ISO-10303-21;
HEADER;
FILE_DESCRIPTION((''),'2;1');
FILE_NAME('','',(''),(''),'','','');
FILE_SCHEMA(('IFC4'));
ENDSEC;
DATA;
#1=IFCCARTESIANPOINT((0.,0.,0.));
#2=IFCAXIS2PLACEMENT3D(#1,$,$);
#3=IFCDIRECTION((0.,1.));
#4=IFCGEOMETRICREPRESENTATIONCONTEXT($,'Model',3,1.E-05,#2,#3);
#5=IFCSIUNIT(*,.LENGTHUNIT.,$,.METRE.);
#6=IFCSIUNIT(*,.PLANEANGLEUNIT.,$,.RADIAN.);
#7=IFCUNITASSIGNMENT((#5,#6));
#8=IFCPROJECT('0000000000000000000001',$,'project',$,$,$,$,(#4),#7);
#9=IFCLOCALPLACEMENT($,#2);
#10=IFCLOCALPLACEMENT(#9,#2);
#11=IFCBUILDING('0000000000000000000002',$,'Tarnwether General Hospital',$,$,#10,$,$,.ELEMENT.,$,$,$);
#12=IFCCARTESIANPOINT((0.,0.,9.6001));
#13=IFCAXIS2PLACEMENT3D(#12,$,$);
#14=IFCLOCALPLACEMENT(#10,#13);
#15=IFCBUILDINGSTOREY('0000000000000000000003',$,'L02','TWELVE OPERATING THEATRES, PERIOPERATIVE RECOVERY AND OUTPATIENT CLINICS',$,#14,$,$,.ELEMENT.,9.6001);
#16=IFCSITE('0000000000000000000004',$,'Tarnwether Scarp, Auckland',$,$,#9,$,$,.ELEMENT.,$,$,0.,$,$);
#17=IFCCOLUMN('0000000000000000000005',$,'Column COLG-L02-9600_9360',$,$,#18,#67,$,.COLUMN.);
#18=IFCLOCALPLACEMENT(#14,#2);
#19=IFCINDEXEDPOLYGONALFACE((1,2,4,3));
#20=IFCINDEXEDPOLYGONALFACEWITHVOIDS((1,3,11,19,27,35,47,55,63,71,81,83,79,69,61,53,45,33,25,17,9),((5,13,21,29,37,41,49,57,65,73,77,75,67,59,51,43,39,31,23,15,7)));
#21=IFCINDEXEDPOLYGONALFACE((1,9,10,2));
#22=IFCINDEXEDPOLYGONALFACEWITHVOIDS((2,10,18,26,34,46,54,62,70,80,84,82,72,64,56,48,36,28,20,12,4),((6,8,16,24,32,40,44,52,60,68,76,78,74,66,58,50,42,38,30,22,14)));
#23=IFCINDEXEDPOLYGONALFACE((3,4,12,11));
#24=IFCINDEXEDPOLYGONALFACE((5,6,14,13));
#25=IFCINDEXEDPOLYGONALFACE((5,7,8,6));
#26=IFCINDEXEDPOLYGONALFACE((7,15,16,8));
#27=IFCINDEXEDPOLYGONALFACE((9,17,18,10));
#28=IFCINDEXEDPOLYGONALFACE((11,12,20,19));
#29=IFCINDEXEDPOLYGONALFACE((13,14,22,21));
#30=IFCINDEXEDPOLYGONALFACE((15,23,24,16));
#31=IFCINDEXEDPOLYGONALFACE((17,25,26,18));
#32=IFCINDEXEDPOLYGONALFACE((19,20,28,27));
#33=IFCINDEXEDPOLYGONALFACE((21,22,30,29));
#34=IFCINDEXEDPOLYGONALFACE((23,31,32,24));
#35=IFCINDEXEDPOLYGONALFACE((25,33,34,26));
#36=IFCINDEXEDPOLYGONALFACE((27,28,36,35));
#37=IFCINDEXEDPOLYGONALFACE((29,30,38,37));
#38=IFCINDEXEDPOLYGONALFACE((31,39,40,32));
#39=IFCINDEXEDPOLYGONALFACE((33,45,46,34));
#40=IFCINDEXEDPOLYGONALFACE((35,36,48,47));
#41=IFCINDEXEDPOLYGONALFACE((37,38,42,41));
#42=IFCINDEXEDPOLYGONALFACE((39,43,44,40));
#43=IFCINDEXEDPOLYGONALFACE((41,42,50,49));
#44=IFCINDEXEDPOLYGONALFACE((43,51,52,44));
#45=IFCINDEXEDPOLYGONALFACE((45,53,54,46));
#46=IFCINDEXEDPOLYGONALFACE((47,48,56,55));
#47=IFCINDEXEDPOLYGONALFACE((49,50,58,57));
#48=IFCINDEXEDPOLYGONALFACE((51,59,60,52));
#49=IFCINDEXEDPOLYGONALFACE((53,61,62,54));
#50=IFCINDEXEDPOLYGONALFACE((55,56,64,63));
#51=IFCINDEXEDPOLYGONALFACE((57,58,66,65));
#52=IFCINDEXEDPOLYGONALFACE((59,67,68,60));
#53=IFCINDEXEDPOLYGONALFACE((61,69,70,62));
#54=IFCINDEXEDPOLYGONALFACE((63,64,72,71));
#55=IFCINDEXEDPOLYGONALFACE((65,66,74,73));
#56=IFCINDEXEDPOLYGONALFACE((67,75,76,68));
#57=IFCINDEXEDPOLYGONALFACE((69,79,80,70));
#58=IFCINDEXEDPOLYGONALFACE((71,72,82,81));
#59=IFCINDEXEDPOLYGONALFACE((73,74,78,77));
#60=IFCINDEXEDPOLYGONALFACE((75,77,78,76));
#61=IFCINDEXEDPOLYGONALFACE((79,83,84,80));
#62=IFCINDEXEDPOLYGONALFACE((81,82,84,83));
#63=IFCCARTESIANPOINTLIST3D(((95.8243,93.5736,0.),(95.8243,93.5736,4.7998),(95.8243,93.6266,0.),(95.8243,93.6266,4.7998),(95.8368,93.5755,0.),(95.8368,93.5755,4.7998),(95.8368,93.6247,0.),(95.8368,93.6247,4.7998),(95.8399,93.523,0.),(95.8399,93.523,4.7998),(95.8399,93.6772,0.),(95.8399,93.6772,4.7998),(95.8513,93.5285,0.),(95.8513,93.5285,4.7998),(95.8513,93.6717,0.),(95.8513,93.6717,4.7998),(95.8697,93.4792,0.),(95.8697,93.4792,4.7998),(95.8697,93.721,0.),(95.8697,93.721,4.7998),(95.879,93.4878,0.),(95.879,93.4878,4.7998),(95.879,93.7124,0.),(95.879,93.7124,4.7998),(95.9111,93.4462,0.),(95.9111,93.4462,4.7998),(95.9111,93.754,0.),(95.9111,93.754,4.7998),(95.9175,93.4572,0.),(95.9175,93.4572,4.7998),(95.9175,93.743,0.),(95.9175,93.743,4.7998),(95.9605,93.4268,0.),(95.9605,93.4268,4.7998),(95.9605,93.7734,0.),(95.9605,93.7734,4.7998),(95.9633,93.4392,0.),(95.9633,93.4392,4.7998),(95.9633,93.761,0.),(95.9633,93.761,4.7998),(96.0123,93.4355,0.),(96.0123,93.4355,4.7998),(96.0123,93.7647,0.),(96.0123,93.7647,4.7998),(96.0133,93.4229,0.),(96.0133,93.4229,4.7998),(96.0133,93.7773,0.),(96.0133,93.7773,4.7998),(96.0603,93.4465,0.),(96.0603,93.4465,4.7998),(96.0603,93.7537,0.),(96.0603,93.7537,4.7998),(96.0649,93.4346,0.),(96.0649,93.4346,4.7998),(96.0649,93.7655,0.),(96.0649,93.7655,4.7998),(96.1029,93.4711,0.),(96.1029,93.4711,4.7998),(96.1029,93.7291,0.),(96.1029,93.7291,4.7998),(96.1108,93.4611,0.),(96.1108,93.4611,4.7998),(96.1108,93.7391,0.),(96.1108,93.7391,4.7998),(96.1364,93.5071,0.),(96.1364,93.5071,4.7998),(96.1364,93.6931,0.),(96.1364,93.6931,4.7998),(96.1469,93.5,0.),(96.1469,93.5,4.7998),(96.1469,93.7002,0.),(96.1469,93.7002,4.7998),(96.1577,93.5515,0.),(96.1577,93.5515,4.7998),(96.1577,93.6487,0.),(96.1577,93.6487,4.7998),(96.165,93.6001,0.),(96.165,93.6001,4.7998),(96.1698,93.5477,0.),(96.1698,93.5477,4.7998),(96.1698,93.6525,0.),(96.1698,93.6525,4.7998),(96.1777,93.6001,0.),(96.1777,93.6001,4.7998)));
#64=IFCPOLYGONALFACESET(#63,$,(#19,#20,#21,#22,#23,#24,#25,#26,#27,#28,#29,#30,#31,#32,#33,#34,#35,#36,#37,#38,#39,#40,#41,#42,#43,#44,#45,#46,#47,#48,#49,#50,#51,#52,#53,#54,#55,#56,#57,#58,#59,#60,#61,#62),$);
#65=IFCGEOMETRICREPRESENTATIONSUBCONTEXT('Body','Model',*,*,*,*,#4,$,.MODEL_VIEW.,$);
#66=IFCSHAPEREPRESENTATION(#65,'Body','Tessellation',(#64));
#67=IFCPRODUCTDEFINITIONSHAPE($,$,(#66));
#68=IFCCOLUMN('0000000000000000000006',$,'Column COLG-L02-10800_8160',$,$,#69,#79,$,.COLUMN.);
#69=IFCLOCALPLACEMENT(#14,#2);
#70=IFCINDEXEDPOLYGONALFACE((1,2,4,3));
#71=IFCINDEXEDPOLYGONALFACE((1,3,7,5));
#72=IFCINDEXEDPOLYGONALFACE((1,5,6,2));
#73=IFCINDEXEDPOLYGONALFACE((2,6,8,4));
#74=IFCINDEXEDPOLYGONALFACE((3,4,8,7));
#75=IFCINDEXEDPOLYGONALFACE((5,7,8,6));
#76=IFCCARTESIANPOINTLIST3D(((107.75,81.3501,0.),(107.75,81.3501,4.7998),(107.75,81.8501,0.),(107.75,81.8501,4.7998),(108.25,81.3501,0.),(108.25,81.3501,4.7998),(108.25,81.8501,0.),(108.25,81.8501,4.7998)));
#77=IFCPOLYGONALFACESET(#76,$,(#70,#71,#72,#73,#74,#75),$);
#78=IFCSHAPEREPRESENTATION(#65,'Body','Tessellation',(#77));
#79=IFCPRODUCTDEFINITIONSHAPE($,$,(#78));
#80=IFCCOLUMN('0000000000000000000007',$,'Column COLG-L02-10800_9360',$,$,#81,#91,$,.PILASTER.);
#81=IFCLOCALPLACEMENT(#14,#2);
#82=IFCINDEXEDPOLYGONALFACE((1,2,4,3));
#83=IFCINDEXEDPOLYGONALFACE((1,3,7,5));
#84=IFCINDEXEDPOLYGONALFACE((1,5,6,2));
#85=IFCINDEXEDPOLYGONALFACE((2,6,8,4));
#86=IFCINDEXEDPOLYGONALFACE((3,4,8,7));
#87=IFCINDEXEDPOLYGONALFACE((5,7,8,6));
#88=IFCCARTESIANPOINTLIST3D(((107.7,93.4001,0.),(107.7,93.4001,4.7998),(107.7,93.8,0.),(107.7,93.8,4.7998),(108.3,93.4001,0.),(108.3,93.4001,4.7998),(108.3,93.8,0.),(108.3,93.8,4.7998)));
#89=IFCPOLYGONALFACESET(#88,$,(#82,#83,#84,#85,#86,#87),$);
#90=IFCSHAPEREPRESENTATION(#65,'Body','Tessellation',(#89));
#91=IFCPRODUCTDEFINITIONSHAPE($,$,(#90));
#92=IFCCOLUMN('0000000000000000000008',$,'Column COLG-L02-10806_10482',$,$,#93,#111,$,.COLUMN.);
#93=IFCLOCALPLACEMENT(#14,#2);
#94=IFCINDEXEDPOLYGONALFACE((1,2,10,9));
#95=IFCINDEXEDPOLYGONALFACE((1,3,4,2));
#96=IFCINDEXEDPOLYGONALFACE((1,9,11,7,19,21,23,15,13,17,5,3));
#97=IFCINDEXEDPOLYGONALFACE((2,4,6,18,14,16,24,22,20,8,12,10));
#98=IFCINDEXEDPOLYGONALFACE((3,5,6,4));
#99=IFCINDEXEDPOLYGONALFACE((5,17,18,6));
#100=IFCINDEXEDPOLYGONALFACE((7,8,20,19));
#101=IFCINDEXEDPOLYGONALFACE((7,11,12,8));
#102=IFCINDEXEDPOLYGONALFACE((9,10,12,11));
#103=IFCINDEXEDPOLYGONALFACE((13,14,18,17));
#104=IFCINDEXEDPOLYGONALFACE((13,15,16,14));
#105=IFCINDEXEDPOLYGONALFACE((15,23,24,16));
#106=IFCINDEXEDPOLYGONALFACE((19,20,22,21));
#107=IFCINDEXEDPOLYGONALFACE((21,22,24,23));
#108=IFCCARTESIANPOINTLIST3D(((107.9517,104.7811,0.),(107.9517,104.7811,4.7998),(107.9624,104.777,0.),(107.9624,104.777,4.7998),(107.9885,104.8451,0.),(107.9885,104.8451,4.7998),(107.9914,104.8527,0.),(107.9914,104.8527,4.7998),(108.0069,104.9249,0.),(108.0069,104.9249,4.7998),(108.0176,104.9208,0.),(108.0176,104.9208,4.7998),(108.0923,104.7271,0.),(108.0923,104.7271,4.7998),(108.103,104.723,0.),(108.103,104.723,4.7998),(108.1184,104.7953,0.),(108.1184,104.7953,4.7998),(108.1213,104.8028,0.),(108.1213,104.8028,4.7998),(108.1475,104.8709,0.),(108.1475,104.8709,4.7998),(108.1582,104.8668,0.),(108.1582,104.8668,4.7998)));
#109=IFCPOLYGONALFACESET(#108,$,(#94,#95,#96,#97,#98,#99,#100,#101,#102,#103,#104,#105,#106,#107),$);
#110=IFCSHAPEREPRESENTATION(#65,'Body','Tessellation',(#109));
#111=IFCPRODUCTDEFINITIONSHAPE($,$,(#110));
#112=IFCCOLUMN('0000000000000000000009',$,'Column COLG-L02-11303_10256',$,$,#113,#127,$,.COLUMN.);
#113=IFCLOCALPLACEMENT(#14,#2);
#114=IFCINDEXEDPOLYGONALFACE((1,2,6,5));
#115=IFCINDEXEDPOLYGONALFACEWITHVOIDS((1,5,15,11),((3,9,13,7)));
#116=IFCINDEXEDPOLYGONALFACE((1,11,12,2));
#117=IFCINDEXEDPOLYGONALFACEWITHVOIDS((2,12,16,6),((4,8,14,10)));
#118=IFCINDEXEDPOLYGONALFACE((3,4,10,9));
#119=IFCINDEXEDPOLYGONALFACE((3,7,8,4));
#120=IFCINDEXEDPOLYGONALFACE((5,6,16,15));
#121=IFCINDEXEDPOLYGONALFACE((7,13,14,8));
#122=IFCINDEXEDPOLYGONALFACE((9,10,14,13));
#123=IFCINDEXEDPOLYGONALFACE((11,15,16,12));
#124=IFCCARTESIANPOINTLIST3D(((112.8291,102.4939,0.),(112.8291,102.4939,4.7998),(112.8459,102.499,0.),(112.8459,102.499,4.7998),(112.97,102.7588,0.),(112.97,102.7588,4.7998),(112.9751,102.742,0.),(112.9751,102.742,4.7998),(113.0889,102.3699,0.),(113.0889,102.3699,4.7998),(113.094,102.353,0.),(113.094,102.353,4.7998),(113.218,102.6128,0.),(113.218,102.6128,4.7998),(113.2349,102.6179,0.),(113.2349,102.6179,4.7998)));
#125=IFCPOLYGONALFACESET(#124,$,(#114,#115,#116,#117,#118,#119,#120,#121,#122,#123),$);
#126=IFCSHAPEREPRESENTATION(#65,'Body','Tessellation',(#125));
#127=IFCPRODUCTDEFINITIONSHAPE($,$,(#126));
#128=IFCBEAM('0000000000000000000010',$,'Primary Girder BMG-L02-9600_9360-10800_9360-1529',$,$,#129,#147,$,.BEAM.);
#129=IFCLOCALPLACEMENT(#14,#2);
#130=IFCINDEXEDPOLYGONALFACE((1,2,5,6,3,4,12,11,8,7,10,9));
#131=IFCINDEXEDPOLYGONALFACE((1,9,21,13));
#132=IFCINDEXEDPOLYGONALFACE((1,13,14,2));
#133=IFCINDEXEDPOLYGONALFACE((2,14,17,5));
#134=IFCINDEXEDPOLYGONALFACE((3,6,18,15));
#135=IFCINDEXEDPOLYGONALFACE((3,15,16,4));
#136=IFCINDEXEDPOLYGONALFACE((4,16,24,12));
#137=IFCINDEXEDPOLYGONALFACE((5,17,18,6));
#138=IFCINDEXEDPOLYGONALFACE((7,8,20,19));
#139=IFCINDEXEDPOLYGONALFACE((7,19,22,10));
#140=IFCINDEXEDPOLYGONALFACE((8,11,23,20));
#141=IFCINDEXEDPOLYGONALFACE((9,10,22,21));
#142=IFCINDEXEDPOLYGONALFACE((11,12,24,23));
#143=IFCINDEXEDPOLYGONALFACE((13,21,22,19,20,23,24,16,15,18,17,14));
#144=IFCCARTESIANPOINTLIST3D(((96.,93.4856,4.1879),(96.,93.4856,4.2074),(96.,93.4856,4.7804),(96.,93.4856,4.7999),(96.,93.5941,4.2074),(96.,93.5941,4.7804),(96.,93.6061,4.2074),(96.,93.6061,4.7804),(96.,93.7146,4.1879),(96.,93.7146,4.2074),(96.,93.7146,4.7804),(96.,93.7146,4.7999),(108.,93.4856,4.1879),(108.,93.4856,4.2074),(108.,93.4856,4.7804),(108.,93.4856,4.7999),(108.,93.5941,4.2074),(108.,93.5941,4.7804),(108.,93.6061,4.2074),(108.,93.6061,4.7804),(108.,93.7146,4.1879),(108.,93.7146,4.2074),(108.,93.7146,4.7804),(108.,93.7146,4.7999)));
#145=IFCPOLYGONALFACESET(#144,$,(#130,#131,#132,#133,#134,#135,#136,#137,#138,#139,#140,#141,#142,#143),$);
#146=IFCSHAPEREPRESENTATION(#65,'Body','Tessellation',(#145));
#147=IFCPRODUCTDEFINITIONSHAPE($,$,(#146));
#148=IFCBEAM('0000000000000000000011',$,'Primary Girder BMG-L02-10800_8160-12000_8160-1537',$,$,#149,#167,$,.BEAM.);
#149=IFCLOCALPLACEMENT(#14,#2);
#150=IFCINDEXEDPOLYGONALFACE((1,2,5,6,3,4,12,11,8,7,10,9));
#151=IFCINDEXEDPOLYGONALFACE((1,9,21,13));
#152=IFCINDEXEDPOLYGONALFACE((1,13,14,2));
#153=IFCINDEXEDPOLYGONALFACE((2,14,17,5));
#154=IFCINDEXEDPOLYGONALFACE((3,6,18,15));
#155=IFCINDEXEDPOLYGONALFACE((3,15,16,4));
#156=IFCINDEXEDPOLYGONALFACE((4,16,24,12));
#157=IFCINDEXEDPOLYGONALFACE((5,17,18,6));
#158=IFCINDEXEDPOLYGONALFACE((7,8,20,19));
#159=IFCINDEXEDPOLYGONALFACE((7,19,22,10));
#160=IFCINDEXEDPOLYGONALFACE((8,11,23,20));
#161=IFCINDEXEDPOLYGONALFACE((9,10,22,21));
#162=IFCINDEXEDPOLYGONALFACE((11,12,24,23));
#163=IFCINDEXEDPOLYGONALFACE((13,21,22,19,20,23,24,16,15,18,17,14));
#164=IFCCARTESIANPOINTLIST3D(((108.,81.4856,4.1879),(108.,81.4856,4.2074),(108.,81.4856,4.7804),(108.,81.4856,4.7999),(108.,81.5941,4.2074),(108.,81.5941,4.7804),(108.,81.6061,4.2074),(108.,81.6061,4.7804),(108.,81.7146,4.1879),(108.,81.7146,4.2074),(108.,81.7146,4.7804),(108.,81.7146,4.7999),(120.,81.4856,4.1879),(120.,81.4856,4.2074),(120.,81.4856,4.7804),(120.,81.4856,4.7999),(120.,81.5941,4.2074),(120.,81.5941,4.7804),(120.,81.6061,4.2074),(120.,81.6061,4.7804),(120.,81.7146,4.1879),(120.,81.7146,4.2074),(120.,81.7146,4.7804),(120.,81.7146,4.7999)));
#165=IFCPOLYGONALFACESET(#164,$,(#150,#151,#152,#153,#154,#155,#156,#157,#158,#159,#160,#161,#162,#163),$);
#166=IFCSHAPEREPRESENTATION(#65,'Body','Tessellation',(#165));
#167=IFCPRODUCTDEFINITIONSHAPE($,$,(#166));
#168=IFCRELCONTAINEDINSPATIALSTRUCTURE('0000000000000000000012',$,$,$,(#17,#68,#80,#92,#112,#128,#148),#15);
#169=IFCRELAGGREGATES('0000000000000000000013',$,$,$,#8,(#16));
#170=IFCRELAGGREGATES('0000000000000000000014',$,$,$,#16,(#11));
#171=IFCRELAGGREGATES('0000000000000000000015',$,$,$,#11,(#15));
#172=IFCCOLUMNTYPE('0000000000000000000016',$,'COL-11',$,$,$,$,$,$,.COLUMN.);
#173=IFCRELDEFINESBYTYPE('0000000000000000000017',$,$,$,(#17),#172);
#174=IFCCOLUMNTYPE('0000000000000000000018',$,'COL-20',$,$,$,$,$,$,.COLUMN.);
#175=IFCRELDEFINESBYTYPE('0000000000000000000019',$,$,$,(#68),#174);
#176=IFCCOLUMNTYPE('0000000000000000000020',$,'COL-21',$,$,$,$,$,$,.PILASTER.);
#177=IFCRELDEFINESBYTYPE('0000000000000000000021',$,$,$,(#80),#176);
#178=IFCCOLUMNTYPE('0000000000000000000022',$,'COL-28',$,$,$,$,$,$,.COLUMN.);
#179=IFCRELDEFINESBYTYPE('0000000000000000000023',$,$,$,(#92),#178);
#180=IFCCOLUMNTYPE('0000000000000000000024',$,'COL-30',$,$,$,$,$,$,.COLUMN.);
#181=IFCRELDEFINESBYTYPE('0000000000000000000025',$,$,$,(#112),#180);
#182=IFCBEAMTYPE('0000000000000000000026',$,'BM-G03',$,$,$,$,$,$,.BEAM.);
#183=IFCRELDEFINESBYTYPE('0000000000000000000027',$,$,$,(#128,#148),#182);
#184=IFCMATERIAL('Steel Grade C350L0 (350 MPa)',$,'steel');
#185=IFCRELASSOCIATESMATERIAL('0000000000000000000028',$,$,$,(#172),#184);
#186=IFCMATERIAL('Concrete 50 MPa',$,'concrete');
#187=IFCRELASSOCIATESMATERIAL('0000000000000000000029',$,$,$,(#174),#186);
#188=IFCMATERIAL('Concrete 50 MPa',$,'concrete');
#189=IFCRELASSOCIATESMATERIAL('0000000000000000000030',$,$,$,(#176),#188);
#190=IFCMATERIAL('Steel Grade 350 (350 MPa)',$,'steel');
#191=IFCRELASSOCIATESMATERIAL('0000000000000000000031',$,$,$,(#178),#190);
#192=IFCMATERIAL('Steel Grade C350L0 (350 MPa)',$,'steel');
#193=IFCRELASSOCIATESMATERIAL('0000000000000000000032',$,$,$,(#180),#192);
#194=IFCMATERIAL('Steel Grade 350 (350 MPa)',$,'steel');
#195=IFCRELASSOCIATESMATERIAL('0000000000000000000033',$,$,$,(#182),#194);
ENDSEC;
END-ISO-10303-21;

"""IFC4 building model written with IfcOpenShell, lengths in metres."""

from ifc_helpers import new_model, si_unit, direction, frame, origin, origin_2d, place, context, subcontext, project, spatial, rectangle, hollow_rectangle, hollow_circle, i_section, extrude, material, material_profile, profile_set, type_object, element, save


model = new_model("IFC4")

# Units and contexts
model_context = context("Model", 3, precision=1e-05, world=origin(), true_north=direction((0.0, 1.0)))
body_context = subcontext(model_context, "Body", "Model", "MODEL_VIEW")
ifc_project = project(units=[si_unit("LENGTHUNIT", "METRE"), si_unit("PLANEANGLEUNIT", "RADIAN")], contexts=[model_context])

# Site, building, storey
site_placement = place(None, origin())
site = spatial("IfcSite", under=ifc_project, at=site_placement, Name="Tarnwether Scarp, Auckland", CompositionType="ELEMENT", RefElevation=0.0)
building_placement = place(site_placement, origin())
building = spatial("IfcBuilding", under=site, at=building_placement, Name="Tarnwether General Hospital", CompositionType="ELEMENT")
storey_placement = place(building_placement, frame((0.0, 0.0, 9.6001)))
storey = spatial("IfcBuildingStorey", under=building, at=storey_placement, Name="L02", Description="TWELVE OPERATING THEATRES, PERIOPERATIVE RECOVERY AND OUTPATIENT CLINICS", CompositionType="ELEMENT", Elevation=9.6001)

# Columns
ifc_material_1 = material(Name="Steel Grade C350L0 (350 MPa)", Category="steel")
ifc_material_profile_1 = material_profile(ifc_material_1, hollow_circle(Radius=0.1777, WallThickness=0.0127, at=origin_2d()), Name="CHS355.6x12.7")
ifc_profile_set_1 = profile_set([ifc_material_profile_1], Name="Steel Grade C350L0 (350 MPa)")
column_type_1 = type_object("IfcColumnType", Name="COL-11", PredefinedType="COLUMN", material=ifc_profile_set_1)
column_1_placement = place(storey_placement, frame((96.0, 93.6001, 0.0), z_axis=(0.0, 0.0, 1.0), x_axis=(1.0, 0.0, 0.0)))
element("IfcColumn", 1, at=column_1_placement, inside=storey, type_object=column_type_1, Name="Column COLG-L02-9600_9360", PredefinedType="COLUMN", context=body_context, shape_type="SweptSolid", body=[
    extrude(hollow_circle(Radius=0.1777, WallThickness=0.0127, at=origin_2d()), origin(), (0.0, 0.0, 1.0), 4.7998),
])
ifc_material_2 = material(Name="Concrete 50 MPa", Category="concrete")
ifc_material_profile_2 = material_profile(ifc_material_2, rectangle(XDim=0.5, YDim=0.5, at=origin_2d()), Name="RC-COL-500x500")
ifc_profile_set_2 = profile_set([ifc_material_profile_2], Name="Concrete 50 MPa")
column_type_2 = type_object("IfcColumnType", Name="COL-20", PredefinedType="COLUMN", material=ifc_profile_set_2)
column_2_placement = place(storey_placement, frame((108.0, 81.6001, 0.0), z_axis=(0.0, 0.0, 1.0), x_axis=(0.0, 1.0, 0.0)))
element("IfcColumn", 2, at=column_2_placement, inside=storey, type_object=column_type_2, Name="Column COLG-L02-10800_8160", PredefinedType="COLUMN", context=body_context, shape_type="SweptSolid", body=[
    extrude(rectangle(XDim=0.5, YDim=0.5, at=origin_2d()), origin(), (0.0, 0.0, 1.0), 4.7998),
])
ifc_material_3 = material(Name="Concrete 50 MPa", Category="concrete")
ifc_material_profile_3 = material_profile(ifc_material_3, rectangle(XDim=0.3999, YDim=0.6001, at=origin_2d()), Name="RC-PIL-400x600")
ifc_profile_set_3 = profile_set([ifc_material_profile_3], Name="Concrete 50 MPa")
column_type_3 = type_object("IfcColumnType", Name="COL-21", PredefinedType="PILASTER", material=ifc_profile_set_3)
column_3_placement = place(storey_placement, frame((108.0, 93.6001, 0.0), z_axis=(0.0, 0.0, 1.0), x_axis=(0.0, 1.0, 0.0)))
element("IfcColumn", 3, at=column_3_placement, inside=storey, type_object=column_type_3, Name="Column COLG-L02-10800_9360", PredefinedType="PILASTER", context=body_context, shape_type="SweptSolid", body=[
    extrude(rectangle(XDim=0.3999, YDim=0.6001, at=origin_2d()), origin(), (0.0, 0.0, 1.0), 4.7998),
])
ifc_material_4 = material(Name="Steel Grade 350 (350 MPa)", Category="steel")
ifc_material_profile_4 = material_profile(ifc_material_4, i_section(OverallWidth=0.1541, OverallDepth=0.1621, WebThickness=0.0081, FlangeThickness=0.0115, at=origin_2d()), Name="150UC37.2")
ifc_profile_set_4 = profile_set([ifc_material_profile_4], Name="Steel Grade 350 (350 MPa)")
column_type_4 = type_object("IfcColumnType", Name="COL-28", PredefinedType="COLUMN", material=ifc_profile_set_4)
column_4_placement = place(storey_placement, frame((108.0549, 104.824, 0.0), z_axis=(0.0, 0.0, 1.0), x_axis=(0.358368, 0.93358, 0.0)))
element("IfcColumn", 4, at=column_4_placement, inside=storey, type_object=column_type_4, Name="Column COLG-L02-10806_10482", PredefinedType="COLUMN", context=body_context, shape_type="SweptSolid", body=[
    extrude(i_section(OverallWidth=0.1541, OverallDepth=0.1621, WebThickness=0.0081, FlangeThickness=0.0115, at=origin_2d()), origin(), (0.0, 0.0, 1.0), 4.7998),
])
ifc_material_5 = material(Name="Steel Grade C350L0 (350 MPa)", Category="steel")
ifc_material_profile_5 = material_profile(ifc_material_5, hollow_rectangle(XDim=0.3, YDim=0.3, WallThickness=0.0125, at=origin_2d()), Name="SHS300x300x12.5")
ifc_profile_set_5 = profile_set([ifc_material_profile_5], Name="Steel Grade C350L0 (350 MPa)")
column_type_5 = type_object("IfcColumnType", Name="COL-30", PredefinedType="COLUMN", material=ifc_profile_set_5)
column_5_placement = place(storey_placement, frame((113.032, 102.5559, 0.0), z_axis=(0.0, 0.0, 1.0), x_axis=(0.469472, 0.882948, 0.0)))
element("IfcColumn", 5, at=column_5_placement, inside=storey, type_object=column_type_5, Name="Column COLG-L02-11303_10256", PredefinedType="COLUMN", context=body_context, shape_type="SweptSolid", body=[
    extrude(hollow_rectangle(XDim=0.3, YDim=0.3, WallThickness=0.0125, at=origin_2d()), origin(), (0.0, 0.0, 1.0), 4.7998),
])

# Beams
ifc_material_6 = material(Name="Steel Grade 350 (350 MPa)", Category="steel")
ifc_material_profile_6 = material_profile(ifc_material_6, i_section(OverallWidth=0.229, OverallDepth=0.6121, WebThickness=0.012, FlangeThickness=0.0195, at=origin_2d()), Name="610UB125")
ifc_profile_set_6 = profile_set([ifc_material_profile_6], Name="Steel Grade 350 (350 MPa)")
beam_type_1 = type_object("IfcBeamType", Name="BM-G03", PredefinedType="BEAM", material=ifc_profile_set_6)
for number, where, z_axis, x_axis, name in (
    (6, (96.0, 93.6001, 4.4939), (1.0, 0.0, 0.0), (0.0, 1.0, 0.0), "Primary Girder BMG-L02-9600_9360-10800_9360-1529"),
    (7, (108.0, 81.6001, 4.4939), (1.0, 0.0, 0.0), (0.0, 1.0, 0.0), "Primary Girder BMG-L02-10800_8160-12000_8160-1537"),
):
    element("IfcBeam", number, at=place(storey_placement, frame(where, z_axis=z_axis, x_axis=x_axis)), inside=storey, type_object=beam_type_1, Name=name, PredefinedType="BEAM", context=body_context, shape_type="SweptSolid", body=[
        extrude(i_section(OverallWidth=0.229, OverallDepth=0.6121, WebThickness=0.012, FlangeThickness=0.0195, at=origin_2d()), origin(), (0.0, 0.0, 1.0), 12.0),
    ])

save(model, "model.ifc")
